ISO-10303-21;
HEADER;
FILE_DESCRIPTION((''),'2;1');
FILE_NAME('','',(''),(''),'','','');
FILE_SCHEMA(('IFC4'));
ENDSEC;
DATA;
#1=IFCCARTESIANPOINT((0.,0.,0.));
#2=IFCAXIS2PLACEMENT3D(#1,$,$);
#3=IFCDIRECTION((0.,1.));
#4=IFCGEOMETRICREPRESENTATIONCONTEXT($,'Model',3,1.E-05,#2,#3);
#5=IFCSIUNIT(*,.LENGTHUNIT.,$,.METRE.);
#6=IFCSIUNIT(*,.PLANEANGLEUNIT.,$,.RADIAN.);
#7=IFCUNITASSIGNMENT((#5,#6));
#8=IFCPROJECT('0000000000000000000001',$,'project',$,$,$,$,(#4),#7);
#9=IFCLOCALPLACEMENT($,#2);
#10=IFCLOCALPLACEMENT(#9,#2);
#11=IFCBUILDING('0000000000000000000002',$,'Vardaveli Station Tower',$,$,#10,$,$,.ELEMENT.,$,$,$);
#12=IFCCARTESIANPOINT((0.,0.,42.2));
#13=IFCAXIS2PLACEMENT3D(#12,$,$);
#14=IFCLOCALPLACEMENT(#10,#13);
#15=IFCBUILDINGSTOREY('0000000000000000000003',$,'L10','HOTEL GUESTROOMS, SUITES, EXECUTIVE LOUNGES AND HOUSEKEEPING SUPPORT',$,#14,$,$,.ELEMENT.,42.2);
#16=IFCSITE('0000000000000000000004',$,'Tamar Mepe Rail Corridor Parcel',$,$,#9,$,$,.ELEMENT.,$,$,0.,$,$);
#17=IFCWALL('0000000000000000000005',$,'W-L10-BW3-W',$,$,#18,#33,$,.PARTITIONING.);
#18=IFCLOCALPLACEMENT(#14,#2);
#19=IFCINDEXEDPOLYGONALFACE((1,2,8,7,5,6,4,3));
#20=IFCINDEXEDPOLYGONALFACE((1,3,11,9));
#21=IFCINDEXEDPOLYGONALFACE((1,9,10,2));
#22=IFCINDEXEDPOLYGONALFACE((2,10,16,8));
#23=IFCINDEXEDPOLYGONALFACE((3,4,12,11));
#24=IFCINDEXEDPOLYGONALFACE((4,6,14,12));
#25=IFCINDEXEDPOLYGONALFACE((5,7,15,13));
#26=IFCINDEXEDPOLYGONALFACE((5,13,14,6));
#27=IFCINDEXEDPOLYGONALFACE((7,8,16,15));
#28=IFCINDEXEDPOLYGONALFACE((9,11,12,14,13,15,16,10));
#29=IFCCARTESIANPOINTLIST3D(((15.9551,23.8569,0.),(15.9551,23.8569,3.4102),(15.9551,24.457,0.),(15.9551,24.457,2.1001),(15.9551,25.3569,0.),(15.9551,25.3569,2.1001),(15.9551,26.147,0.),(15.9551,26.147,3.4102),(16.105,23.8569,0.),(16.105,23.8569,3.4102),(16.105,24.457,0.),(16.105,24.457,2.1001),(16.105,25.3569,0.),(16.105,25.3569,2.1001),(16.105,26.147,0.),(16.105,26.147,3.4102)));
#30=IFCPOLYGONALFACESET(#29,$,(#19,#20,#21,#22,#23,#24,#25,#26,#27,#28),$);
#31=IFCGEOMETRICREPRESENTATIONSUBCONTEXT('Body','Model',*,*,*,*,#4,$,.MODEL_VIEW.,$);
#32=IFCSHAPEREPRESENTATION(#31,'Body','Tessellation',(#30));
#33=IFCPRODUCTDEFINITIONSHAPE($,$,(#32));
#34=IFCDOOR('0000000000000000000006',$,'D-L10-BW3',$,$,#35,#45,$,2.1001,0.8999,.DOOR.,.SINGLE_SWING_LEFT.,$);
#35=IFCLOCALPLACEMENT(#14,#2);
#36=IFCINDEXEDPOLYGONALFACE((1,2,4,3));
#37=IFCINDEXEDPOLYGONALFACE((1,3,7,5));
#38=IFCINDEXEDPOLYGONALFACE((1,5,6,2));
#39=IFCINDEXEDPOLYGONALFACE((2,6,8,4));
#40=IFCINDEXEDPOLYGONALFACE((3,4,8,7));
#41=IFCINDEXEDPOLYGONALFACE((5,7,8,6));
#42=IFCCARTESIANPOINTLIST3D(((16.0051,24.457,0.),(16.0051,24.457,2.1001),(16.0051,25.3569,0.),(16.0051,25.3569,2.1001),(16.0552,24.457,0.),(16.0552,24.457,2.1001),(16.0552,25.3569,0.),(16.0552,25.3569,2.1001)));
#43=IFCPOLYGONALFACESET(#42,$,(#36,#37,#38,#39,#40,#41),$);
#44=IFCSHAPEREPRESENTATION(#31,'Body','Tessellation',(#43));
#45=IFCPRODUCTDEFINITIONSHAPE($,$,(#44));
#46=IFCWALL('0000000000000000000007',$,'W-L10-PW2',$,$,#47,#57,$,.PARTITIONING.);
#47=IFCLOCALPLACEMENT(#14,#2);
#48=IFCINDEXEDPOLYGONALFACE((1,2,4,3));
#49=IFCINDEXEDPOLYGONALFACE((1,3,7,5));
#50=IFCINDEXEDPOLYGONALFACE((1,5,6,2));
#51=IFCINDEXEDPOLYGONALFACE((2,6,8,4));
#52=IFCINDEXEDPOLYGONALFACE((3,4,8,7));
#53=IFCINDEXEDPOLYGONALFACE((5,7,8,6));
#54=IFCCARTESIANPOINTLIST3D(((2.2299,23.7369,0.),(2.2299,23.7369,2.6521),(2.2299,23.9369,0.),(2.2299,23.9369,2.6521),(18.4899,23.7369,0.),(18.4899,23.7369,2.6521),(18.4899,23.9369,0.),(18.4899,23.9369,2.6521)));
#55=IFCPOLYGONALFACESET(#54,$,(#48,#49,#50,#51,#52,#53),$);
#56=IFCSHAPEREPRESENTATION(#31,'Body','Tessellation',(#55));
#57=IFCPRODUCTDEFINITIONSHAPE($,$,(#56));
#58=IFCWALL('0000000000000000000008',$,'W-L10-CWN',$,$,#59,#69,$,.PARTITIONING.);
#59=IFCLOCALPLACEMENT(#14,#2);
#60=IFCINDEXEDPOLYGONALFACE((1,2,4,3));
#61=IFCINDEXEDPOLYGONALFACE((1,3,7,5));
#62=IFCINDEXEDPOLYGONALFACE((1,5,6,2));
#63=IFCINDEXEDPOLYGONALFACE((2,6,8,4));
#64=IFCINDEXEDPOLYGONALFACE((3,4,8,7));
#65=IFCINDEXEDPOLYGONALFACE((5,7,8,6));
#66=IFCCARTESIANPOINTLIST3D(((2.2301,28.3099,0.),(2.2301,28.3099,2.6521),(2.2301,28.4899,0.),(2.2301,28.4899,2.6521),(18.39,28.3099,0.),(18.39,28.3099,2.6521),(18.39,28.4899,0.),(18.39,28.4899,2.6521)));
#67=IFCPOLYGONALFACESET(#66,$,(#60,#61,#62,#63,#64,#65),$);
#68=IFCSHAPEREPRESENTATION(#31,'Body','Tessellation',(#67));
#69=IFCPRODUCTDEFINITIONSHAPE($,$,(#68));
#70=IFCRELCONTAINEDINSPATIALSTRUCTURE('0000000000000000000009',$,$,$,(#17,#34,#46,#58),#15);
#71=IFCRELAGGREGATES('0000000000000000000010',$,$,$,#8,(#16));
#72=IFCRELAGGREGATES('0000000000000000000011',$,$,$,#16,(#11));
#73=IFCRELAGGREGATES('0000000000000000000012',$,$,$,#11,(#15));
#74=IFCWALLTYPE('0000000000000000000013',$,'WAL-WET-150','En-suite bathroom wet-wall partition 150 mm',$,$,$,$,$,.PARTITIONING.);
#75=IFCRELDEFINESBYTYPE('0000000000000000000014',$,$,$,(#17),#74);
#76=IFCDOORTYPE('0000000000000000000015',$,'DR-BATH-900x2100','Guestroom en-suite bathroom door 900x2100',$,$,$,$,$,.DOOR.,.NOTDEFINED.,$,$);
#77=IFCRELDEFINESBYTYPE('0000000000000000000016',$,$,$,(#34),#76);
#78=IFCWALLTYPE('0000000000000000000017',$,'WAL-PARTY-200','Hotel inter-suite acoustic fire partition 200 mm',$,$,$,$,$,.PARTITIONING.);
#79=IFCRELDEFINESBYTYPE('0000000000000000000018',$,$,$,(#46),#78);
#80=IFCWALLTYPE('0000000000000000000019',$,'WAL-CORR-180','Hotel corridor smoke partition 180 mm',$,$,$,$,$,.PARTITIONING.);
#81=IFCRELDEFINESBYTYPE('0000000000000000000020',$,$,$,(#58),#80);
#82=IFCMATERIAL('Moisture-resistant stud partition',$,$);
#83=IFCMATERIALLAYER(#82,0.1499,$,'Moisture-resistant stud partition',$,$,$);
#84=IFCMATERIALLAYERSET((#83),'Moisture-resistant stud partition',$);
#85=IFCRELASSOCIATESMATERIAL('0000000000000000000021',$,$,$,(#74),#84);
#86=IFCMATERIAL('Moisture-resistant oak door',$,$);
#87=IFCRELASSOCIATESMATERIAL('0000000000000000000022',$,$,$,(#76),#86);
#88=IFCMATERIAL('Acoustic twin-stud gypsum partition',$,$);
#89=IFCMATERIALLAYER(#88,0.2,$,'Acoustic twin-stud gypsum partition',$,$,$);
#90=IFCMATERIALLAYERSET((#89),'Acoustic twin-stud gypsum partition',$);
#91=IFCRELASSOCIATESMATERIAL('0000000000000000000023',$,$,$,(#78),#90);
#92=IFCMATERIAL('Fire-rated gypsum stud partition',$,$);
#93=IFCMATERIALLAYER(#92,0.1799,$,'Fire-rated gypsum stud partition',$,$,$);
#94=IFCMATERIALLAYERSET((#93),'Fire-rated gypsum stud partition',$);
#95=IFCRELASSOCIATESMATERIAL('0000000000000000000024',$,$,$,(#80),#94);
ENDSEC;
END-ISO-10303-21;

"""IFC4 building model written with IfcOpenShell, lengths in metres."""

from ifc_helpers import new_model, si_unit, direction, frame, frame_2d, origin, place, context, subcontext, project, spatial, rectangle, extrude, source, transform, mapped, material, layer, layer_set, type_object, element, fill, save


model = new_model("IFC4")

# Units and contexts
model_context = context("Model", 3, precision=1e-05, world=origin(), true_north=direction((0.0, 1.0)))
body_context = subcontext(model_context, "Body", "Model", "MODEL_VIEW")
ifc_project = project(units=[si_unit("LENGTHUNIT", "METRE"), si_unit("PLANEANGLEUNIT", "RADIAN")], contexts=[model_context])

# Site, building, storey
site_placement = place(None, origin())
site = spatial("IfcSite", under=ifc_project, at=site_placement, Name="Tamar Mepe Rail Corridor Parcel", CompositionType="ELEMENT", RefElevation=0.0)
building_placement = place(site_placement, origin())
building = spatial("IfcBuilding", under=site, at=building_placement, Name="Vardaveli Station Tower", CompositionType="ELEMENT")
storey_placement = place(building_placement, frame((0.0, 0.0, 42.2)))
storey = spatial("IfcBuildingStorey", under=building, at=storey_placement, Name="L10", Description="HOTEL GUESTROOMS, SUITES, EXECUTIVE LOUNGES AND HOUSEKEEPING SUPPORT", CompositionType="ELEMENT", Elevation=42.2)

# Wall, opening, door
ifc_material_1 = material(Name="Moisture-resistant stud partition")
ifc_layer_1 = layer(ifc_material_1, 0.1499, Name="Moisture-resistant stud partition")
ifc_layer_set_1 = layer_set([ifc_layer_1], Name="Moisture-resistant stud partition")
wall_type_1 = type_object("IfcWallType", Name="WAL-WET-150", Description="En-suite bathroom wet-wall partition 150 mm", PredefinedType="PARTITIONING", material=ifc_layer_set_1)
shared_shape_1 = source(origin(), body_context, "Body", "SweptSolid", [
    extrude(rectangle(XDim=2.29, YDim=0.1499, at=frame_2d((1.145, 0.0))), origin(), (0.0, 0.0, 1.0), 3.4102),
])
wall_1_placement = place(storey_placement, frame((16.03, 23.8569, 0.0), z_axis=(0.0, 0.0, 1.0), x_axis=(0.0, 1.0, 0.0)))
wall_1 = element("IfcWall", 1, at=wall_1_placement, inside=storey, type_object=wall_type_1, Name="W-L10-BW3-W", PredefinedType="PARTITIONING", context=body_context, shape_type="MappedRepresentation", body=[
    mapped(shared_shape_1, transform((0.0, 0.0, 0.0), scale=1.0)),
])
shared_shape_2 = source(origin(), body_context, "Body", "SweptSolid", [
    extrude(rectangle(XDim=0.8999, YDim=2.1001, at=frame_2d((0.45, 1.05))), frame((0.0, 0.085, 0.0), z_axis=(0.0, -1.0, 0.0), x_axis=(1.0, 0.0, 0.0)), (0.0, 0.0, 1.0), 0.1699),
])
opening_placement = place(wall_1_placement, frame((0.6001, 0.0, 0.0)))
opening = element("IfcOpeningElement", 2, at=opening_placement, cuts=wall_1, PredefinedType="OPENING", context=body_context, shape_type="MappedRepresentation", body=[
    mapped(shared_shape_2, transform((0.0, 0.0, 0.0), scale=1.0)),
])
ifc_material_2 = material(Name="Moisture-resistant oak door")
door_type = type_object("IfcDoorType", Name="DR-BATH-900x2100", Description="Guestroom en-suite bathroom door 900x2100", OperationType="NOTDEFINED", PredefinedType="DOOR", material=ifc_material_2)
shared_shape_3 = source(origin(), body_context, "Body", "SweptSolid", [
    extrude(rectangle(XDim=0.8999, YDim=2.1001, at=frame_2d((0.45, 1.05))), frame((0.0, 0.0249, 0.0), z_axis=(0.0, -1.0, 0.0), x_axis=(1.0, 0.0, 0.0)), (0.0, 0.0, 1.0), 0.05),
])
door_placement = place(opening_placement, origin())
door = element("IfcDoor", 3, at=door_placement, inside=storey, type_object=door_type, Name="D-L10-BW3", OperationType="SINGLE_SWING_LEFT", OverallHeight=2.1001, OverallWidth=0.8999, PredefinedType="DOOR", context=body_context, shape_type="MappedRepresentation", body=[
    mapped(shared_shape_3, transform((0.0, 0.0, 0.0), scale=1.0)),
])
fill(opening, door)

# Walls
ifc_material_3 = material(Name="Acoustic twin-stud gypsum partition")
ifc_layer_2 = layer(ifc_material_3, 0.2, Name="Acoustic twin-stud gypsum partition")
ifc_layer_set_2 = layer_set([ifc_layer_2], Name="Acoustic twin-stud gypsum partition")
wall_type_2 = type_object("IfcWallType", Name="WAL-PARTY-200", Description="Hotel inter-suite acoustic fire partition 200 mm", PredefinedType="PARTITIONING", material=ifc_layer_set_2)
shared_shape_4 = source(origin(), body_context, "Body", "SweptSolid", [
    extrude(rectangle(XDim=16.26, YDim=0.2, at=frame_2d((8.1299, 0.0))), origin(), (0.0, 0.0, 1.0), 2.6521),
])
wall_2_placement = place(storey_placement, frame((2.23, 23.8369, 0.0), z_axis=(0.0, 0.0, 1.0), x_axis=(1.0, 0.0, 0.0)))
element("IfcWall", 4, at=wall_2_placement, inside=storey, type_object=wall_type_2, Name="W-L10-PW2", PredefinedType="PARTITIONING", context=body_context, shape_type="MappedRepresentation", body=[
    mapped(shared_shape_4, transform((0.0, 0.0, 0.0), scale=1.0)),
])
ifc_material_4 = material(Name="Fire-rated gypsum stud partition")
ifc_layer_3 = layer(ifc_material_4, 0.1799, Name="Fire-rated gypsum stud partition")
ifc_layer_set_3 = layer_set([ifc_layer_3], Name="Fire-rated gypsum stud partition")
wall_type_3 = type_object("IfcWallType", Name="WAL-CORR-180", Description="Hotel corridor smoke partition 180 mm", PredefinedType="PARTITIONING", material=ifc_layer_set_3)
shared_shape_5 = source(origin(), body_context, "Body", "SweptSolid", [
    extrude(rectangle(XDim=16.1599, YDim=0.1799, at=frame_2d((8.0801, 0.0))), origin(), (0.0, 0.0, 1.0), 2.6521),
])
wall_3_placement = place(storey_placement, frame((2.23, 28.3999, 0.0), z_axis=(0.0, 0.0, 1.0), x_axis=(1.0, 0.0, 0.0)))
element("IfcWall", 5, at=wall_3_placement, inside=storey, type_object=wall_type_3, Name="W-L10-CWN", PredefinedType="PARTITIONING", context=body_context, shape_type="MappedRepresentation", body=[
    mapped(shared_shape_5, transform((0.0, 0.0, 0.0), scale=1.0)),
])

save(model, "model.ifc")
